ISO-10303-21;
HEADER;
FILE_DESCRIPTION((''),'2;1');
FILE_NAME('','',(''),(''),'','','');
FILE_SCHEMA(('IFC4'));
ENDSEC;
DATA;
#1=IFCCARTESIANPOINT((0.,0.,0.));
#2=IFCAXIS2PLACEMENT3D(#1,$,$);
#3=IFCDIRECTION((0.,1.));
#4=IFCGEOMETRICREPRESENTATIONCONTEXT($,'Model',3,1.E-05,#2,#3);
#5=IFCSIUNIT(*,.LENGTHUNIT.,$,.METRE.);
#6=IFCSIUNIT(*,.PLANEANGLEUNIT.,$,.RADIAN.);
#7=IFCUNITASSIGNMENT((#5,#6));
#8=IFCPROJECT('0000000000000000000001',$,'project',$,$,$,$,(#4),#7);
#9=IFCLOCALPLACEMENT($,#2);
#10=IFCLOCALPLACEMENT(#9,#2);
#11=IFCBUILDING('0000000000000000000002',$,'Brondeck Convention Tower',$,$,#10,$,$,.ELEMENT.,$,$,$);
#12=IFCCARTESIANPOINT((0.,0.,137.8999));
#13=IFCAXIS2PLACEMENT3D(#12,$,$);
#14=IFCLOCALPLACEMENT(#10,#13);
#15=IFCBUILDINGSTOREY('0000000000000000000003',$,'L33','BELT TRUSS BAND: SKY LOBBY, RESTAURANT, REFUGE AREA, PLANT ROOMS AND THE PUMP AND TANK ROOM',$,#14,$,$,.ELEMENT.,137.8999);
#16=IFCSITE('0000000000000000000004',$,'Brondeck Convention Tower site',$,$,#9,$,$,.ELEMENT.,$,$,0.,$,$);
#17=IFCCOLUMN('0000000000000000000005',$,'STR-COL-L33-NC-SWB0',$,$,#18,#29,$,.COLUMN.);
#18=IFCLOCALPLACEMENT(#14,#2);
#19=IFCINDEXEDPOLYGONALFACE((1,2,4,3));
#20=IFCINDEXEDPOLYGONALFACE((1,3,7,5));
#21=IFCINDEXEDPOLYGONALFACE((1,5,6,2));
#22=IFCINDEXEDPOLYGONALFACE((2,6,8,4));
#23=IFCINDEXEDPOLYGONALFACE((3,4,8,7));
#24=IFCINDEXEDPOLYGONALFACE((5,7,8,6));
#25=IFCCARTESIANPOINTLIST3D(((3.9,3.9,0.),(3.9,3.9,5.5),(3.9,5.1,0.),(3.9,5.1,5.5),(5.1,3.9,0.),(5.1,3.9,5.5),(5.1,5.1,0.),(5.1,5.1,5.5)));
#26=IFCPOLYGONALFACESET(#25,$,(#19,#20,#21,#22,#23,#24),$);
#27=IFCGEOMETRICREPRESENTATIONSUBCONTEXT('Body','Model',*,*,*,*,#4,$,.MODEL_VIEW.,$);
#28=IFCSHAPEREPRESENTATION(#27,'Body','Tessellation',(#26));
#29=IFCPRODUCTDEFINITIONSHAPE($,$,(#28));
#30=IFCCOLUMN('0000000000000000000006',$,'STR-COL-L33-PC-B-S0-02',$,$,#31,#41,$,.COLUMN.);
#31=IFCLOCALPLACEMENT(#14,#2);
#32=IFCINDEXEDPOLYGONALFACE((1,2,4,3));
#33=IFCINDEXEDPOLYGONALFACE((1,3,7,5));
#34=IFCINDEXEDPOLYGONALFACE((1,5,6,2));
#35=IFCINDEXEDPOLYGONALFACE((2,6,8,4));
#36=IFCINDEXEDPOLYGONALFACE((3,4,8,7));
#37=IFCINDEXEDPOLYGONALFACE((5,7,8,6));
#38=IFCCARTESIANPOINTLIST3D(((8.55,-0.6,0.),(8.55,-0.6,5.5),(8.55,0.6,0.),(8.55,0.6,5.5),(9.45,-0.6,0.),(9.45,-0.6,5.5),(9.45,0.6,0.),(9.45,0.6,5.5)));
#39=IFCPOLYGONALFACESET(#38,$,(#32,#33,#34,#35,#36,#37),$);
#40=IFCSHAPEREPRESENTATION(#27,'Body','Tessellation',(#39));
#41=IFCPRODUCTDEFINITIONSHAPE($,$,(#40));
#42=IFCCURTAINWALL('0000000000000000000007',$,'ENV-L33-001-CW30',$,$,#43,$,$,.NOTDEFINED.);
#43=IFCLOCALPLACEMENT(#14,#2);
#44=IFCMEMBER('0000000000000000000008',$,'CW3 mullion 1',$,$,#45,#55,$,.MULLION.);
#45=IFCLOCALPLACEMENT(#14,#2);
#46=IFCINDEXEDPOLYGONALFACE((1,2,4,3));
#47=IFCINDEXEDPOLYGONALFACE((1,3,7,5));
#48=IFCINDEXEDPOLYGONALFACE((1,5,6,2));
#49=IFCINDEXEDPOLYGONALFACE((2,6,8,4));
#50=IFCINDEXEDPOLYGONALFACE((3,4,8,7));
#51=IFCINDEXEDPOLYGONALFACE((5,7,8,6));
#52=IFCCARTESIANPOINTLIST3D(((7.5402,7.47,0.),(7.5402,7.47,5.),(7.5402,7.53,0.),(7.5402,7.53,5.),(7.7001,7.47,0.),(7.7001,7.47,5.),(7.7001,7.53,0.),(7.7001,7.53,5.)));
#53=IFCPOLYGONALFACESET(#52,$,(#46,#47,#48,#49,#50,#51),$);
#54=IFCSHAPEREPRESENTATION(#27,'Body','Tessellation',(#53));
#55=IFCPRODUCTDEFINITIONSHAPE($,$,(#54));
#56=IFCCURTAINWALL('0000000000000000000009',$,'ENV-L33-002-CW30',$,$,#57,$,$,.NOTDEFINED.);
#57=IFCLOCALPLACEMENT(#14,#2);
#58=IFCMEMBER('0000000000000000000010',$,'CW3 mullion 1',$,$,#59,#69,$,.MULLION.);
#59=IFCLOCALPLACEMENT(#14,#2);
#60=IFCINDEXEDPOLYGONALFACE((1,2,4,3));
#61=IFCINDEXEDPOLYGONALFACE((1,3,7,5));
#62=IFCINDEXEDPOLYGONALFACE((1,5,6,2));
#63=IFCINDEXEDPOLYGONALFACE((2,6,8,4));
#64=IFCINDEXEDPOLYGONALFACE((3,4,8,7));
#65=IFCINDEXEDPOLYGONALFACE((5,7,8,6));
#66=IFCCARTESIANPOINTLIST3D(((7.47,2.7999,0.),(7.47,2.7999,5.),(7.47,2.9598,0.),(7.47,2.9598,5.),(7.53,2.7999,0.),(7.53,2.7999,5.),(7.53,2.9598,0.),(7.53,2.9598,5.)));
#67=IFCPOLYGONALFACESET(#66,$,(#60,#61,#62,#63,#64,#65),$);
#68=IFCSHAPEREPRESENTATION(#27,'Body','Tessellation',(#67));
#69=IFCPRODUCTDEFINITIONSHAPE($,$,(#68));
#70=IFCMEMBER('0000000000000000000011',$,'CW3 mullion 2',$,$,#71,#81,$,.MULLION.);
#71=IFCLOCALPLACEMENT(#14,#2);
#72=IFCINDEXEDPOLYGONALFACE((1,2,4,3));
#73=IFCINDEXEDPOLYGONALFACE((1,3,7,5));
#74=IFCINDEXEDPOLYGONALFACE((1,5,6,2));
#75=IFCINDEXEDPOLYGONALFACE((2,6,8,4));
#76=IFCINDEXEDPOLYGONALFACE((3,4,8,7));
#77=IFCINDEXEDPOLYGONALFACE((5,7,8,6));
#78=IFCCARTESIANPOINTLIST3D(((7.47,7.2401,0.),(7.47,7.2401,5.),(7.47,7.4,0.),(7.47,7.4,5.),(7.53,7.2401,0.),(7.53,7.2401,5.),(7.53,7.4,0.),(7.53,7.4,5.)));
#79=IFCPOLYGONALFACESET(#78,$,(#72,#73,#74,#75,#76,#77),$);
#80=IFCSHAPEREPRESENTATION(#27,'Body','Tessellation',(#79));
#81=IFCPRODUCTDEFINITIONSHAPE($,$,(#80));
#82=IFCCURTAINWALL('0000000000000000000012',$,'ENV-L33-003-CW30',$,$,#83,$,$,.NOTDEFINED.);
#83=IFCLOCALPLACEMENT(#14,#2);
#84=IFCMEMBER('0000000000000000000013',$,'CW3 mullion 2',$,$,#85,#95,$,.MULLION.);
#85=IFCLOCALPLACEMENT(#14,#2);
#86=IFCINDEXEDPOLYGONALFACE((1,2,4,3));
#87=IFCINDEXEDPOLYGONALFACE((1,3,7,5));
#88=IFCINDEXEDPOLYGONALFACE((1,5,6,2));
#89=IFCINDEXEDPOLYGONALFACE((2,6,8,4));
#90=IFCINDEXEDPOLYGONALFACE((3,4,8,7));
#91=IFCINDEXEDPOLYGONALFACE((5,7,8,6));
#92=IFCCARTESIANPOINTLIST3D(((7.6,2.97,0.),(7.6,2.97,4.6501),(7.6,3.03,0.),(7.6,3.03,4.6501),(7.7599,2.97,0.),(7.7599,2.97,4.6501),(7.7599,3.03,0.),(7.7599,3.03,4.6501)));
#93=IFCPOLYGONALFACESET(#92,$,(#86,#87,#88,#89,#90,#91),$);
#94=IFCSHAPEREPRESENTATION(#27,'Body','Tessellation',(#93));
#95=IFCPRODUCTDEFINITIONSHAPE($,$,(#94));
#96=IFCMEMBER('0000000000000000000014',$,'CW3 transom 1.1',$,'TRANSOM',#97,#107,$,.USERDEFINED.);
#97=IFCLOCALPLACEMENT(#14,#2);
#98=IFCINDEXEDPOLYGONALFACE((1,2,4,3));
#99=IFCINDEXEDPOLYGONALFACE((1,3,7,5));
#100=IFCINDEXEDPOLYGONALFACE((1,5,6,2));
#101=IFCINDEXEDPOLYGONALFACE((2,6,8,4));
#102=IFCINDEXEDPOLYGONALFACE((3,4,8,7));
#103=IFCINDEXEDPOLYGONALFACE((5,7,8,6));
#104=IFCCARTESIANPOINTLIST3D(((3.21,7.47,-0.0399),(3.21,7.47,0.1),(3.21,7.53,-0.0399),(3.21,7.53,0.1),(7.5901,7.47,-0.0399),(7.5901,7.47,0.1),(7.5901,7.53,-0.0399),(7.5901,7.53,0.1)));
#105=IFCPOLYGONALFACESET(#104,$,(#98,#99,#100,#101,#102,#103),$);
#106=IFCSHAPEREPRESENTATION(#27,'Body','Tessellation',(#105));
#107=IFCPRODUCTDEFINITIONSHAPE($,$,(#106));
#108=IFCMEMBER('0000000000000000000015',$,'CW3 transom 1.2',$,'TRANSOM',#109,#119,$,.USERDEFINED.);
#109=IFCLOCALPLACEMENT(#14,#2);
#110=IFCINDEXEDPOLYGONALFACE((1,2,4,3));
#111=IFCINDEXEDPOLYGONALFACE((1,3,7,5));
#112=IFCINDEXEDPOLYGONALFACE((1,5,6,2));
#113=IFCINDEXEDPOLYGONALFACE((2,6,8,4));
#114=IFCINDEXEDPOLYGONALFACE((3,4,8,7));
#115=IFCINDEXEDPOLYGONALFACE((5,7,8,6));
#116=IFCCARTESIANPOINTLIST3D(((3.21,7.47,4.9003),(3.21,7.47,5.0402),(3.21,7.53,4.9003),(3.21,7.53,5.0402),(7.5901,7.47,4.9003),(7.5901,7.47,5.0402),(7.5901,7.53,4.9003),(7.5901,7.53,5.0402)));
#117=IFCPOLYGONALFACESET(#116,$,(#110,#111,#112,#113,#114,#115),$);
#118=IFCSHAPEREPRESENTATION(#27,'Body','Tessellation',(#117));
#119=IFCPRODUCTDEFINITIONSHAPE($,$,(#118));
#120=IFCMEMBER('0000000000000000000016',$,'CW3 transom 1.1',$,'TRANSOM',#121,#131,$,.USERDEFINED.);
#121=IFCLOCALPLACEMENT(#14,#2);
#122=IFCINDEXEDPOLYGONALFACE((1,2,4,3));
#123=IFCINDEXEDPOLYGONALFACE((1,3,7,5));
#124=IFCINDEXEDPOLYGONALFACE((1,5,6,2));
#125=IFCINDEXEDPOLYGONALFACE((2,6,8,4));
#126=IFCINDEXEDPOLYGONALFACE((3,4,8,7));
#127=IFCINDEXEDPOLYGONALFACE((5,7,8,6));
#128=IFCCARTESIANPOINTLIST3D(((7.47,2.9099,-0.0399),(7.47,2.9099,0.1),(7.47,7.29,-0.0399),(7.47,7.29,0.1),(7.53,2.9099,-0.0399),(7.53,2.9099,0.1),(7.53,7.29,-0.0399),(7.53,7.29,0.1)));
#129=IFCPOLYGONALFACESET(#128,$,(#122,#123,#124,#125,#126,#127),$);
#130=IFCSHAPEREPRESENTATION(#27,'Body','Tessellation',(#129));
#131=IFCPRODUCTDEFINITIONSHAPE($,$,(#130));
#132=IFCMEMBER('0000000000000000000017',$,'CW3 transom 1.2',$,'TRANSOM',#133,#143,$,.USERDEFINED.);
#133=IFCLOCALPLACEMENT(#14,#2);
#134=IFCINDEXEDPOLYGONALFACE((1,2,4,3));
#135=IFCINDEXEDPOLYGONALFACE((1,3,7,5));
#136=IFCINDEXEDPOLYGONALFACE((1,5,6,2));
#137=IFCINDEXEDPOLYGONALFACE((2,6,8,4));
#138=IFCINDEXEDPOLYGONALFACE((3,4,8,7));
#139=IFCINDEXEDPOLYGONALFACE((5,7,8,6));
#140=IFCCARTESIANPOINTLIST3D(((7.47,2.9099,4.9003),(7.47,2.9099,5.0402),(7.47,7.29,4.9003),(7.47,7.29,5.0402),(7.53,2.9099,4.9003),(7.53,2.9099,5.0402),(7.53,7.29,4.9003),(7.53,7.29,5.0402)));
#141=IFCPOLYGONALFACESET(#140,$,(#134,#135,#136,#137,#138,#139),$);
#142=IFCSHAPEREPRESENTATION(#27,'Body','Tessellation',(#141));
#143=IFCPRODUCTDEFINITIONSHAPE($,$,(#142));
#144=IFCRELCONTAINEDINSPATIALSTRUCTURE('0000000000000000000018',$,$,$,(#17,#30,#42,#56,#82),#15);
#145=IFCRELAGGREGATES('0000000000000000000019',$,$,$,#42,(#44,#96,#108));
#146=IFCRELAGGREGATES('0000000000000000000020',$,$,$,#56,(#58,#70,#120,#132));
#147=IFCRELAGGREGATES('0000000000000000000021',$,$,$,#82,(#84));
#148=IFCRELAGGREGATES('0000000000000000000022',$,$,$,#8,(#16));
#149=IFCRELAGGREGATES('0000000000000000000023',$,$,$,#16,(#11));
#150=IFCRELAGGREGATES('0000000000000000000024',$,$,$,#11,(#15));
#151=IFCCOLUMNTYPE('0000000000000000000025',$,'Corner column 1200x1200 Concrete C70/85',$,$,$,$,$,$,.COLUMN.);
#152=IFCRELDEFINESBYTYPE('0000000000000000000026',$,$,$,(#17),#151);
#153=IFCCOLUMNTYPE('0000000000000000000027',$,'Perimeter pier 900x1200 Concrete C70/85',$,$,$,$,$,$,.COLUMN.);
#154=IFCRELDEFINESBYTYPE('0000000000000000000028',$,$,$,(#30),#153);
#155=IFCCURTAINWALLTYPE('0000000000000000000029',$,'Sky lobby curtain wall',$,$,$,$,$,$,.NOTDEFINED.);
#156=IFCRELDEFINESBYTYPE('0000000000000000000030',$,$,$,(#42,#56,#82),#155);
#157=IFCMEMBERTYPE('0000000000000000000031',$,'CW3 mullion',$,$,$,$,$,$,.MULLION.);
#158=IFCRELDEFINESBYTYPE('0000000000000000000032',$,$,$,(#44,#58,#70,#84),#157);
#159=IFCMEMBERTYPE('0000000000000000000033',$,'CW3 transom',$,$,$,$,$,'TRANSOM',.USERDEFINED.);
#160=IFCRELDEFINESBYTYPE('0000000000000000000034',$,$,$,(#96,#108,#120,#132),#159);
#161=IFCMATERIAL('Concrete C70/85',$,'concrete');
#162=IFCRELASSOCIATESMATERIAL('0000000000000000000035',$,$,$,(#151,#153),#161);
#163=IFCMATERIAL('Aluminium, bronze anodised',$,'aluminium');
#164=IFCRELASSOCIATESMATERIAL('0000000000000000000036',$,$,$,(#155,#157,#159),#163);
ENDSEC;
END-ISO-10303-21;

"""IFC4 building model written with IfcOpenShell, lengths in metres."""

from ifc_helpers import new_model, si_unit, direction, frame, origin, origin_2d, place, context, subcontext, project, spatial, rectangle, extrude, material, material_profile, profile_set, type_object, element, aggregate, save


model = new_model("IFC4")

# Units and contexts
model_context = context("Model", 3, precision=1e-05, world=origin(), true_north=direction((0.0, 1.0)))
body_context = subcontext(model_context, "Body", "Model", "MODEL_VIEW")
ifc_project = project(units=[si_unit("LENGTHUNIT", "METRE"), si_unit("PLANEANGLEUNIT", "RADIAN")], contexts=[model_context])

# Site, building, storey
site_placement = place(None, origin())
site = spatial("IfcSite", under=ifc_project, at=site_placement, Name="Brondeck Convention Tower site", CompositionType="ELEMENT", RefElevation=0.0)
building_placement = place(site_placement, origin())
building = spatial("IfcBuilding", under=site, at=building_placement, Name="Brondeck Convention Tower", CompositionType="ELEMENT")
storey_placement = place(building_placement, frame((0.0, 0.0, 137.8999)))
storey = spatial("IfcBuildingStorey", under=building, at=storey_placement, Name="L33", Description="BELT TRUSS BAND: SKY LOBBY, RESTAURANT, REFUGE AREA, PLANT ROOMS AND THE PUMP AND TANK ROOM", CompositionType="ELEMENT", Elevation=137.8999)

# Columns
ifc_material_1 = material(Name="Concrete C70/85", Category="concrete")
ifc_material_profile_1 = material_profile(ifc_material_1, rectangle(XDim=1.2, YDim=1.2, at=origin_2d()), Name="Corner column 1200x1200 Concrete C70/85")
ifc_profile_set_1 = profile_set([ifc_material_profile_1], Name="Concrete C70/85")
column_type_1 = type_object("IfcColumnType", Name="Corner column 1200x1200 Concrete C70/85", PredefinedType="COLUMN", material=ifc_profile_set_1)
column_1_placement = place(storey_placement, frame((4.5, 4.5, 0.0), z_axis=(0.0, 0.0, 1.0), x_axis=(1.0, 0.0, 0.0)))
element("IfcColumn", 1, at=column_1_placement, inside=storey, type_object=column_type_1, Name="STR-COL-L33-NC-SWB0", PredefinedType="COLUMN", context=body_context, shape_type="SweptSolid", body=[
    extrude(rectangle(XDim=1.2, YDim=1.2, at=origin_2d()), origin(), (0.0, 0.0, 1.0), 5.5),
])
ifc_material_profile_2 = material_profile(ifc_material_1, rectangle(XDim=0.8999, YDim=1.2, at=origin_2d()), Name="Perimeter pier 900x1200 Concrete C70/85")
ifc_profile_set_2 = profile_set([ifc_material_profile_2], Name="Concrete C70/85")
column_type_2 = type_object("IfcColumnType", Name="Perimeter pier 900x1200 Concrete C70/85", PredefinedType="COLUMN", material=ifc_profile_set_2)
column_2_placement = place(storey_placement, frame((9.0, 0.0, 0.0), z_axis=(0.0, 0.0, 1.0), x_axis=(1.0, 0.0, 0.0)))
element("IfcColumn", 2, at=column_2_placement, inside=storey, type_object=column_type_2, Name="STR-COL-L33-PC-B-S0-02", PredefinedType="COLUMN", context=body_context, shape_type="SweptSolid", body=[
    extrude(rectangle(XDim=0.8999, YDim=1.2, at=origin_2d()), origin(), (0.0, 0.0, 1.0), 5.5),
])

# Curtain wall, member
ifc_material_2 = material(Name="Aluminium, bronze anodised", Category="aluminium")
curtain_wall_type = type_object("IfcCurtainWallType", Name="Sky lobby curtain wall", PredefinedType="NOTDEFINED", material=ifc_material_2)
curtain_wall_1_placement = place(storey_placement, origin())
curtain_wall_1 = element("IfcCurtainWall", 3, at=curtain_wall_1_placement, inside=storey, type_object=curtain_wall_type, Name="ENV-L33-001-CW30", PredefinedType="NOTDEFINED")
ifc_material_profile_3 = material_profile(ifc_material_2, rectangle(XDim=0.0601, YDim=0.1599, at=origin_2d()), Name="CW3 mullion")
ifc_profile_set_3 = profile_set([ifc_material_profile_3], Name="Aluminium, bronze anodised")
member_type_1 = type_object("IfcMemberType", Name="CW3 mullion", PredefinedType="MULLION", material=ifc_profile_set_3)
member_1_placement = place(storey_placement, frame((7.6201, 7.5, 0.0), z_axis=(0.0, 0.0, 1.0), x_axis=(0.0, -1.0, 0.0)))
member_1 = element("IfcMember", 4, at=member_1_placement, type_object=member_type_1, Name="CW3 mullion 1", PredefinedType="MULLION", context=body_context, shape_type="SweptSolid", body=[
    extrude(rectangle(XDim=0.0601, YDim=0.1599, at=origin_2d()), origin(), (0.0, 0.0, 1.0), 5.0),
])

# Curtain wall, members
curtain_wall_2_placement = place(storey_placement, origin())
curtain_wall_2 = element("IfcCurtainWall", 5, at=curtain_wall_2_placement, inside=storey, type_object=curtain_wall_type, Name="ENV-L33-002-CW30", PredefinedType="NOTDEFINED")
member_2_placement = place(storey_placement, frame((7.5, 2.8799, 0.0), z_axis=(0.0, 0.0, 1.0), x_axis=(-1.0, 0.0, 0.0)))
member_2 = element("IfcMember", 6, at=member_2_placement, type_object=member_type_1, Name="CW3 mullion 1", PredefinedType="MULLION", context=body_context, shape_type="SweptSolid", body=[
    extrude(rectangle(XDim=0.0601, YDim=0.1599, at=origin_2d()), origin(), (0.0, 0.0, 1.0), 5.0),
])
member_3_placement = place(storey_placement, frame((7.5, 7.3201, 0.0), z_axis=(0.0, 0.0, 1.0), x_axis=(-1.0, 0.0, 0.0)))
member_3 = element("IfcMember", 7, at=member_3_placement, type_object=member_type_1, Name="CW3 mullion 2", PredefinedType="MULLION", context=body_context, shape_type="SweptSolid", body=[
    extrude(rectangle(XDim=0.0601, YDim=0.1599, at=origin_2d()), origin(), (0.0, 0.0, 1.0), 5.0),
])

# Curtain wall, member
curtain_wall_3_placement = place(storey_placement, origin())
curtain_wall_3 = element("IfcCurtainWall", 8, at=curtain_wall_3_placement, inside=storey, type_object=curtain_wall_type, Name="ENV-L33-003-CW30", PredefinedType="NOTDEFINED")
member_4_placement = place(storey_placement, frame((7.6799, 3.0, 0.0), z_axis=(0.0, 0.0, 1.0), x_axis=(0.0, -1.0, 0.0)))
member_4 = element("IfcMember", 9, at=member_4_placement, type_object=member_type_1, Name="CW3 mullion 2", PredefinedType="MULLION", context=body_context, shape_type="SweptSolid", body=[
    extrude(rectangle(XDim=0.0601, YDim=0.1599, at=origin_2d()), origin(), (0.0, 0.0, 1.0), 4.6501),
])

# Members
ifc_material_profile_4 = material_profile(ifc_material_2, rectangle(XDim=0.0601, YDim=0.1399, at=origin_2d()), Name="CW3 transom")
ifc_profile_set_4 = profile_set([ifc_material_profile_4], Name="Aluminium, bronze anodised")
member_type_2 = type_object("IfcMemberType", Name="CW3 transom", ElementType="TRANSOM", PredefinedType="USERDEFINED", material=ifc_profile_set_4)
member_5_placement = place(storey_placement, frame((7.5901, 7.5, 0.03), z_axis=(-1.0, 0.0, 0.0), x_axis=(0.0, -1.0, 0.0)))
member_5 = element("IfcMember", 10, at=member_5_placement, type_object=member_type_2, Name="CW3 transom 1.1", ObjectType="TRANSOM", PredefinedType="USERDEFINED", context=body_context, shape_type="SweptSolid", body=[
    extrude(rectangle(XDim=0.0601, YDim=0.1399, at=origin_2d()), origin(), (0.0, 0.0, 1.0), 4.3801),
])
member_6_placement = place(storey_placement, frame((7.5901, 7.5, 4.9702), z_axis=(-1.0, 0.0, 0.0), x_axis=(0.0, -1.0, 0.0)))
member_6 = element("IfcMember", 11, at=member_6_placement, type_object=member_type_2, Name="CW3 transom 1.2", ObjectType="TRANSOM", PredefinedType="USERDEFINED", context=body_context, shape_type="SweptSolid", body=[
    extrude(rectangle(XDim=0.0601, YDim=0.1399, at=origin_2d()), origin(), (0.0, 0.0, 1.0), 4.3801),
])
member_7_placement = place(storey_placement, frame((7.5, 2.9099, 0.03), z_axis=(0.0, 1.0, 0.0), x_axis=(-1.0, 0.0, 0.0)))
member_7 = element("IfcMember", 12, at=member_7_placement, type_object=member_type_2, Name="CW3 transom 1.1", ObjectType="TRANSOM", PredefinedType="USERDEFINED", context=body_context, shape_type="SweptSolid", body=[
    extrude(rectangle(XDim=0.0601, YDim=0.1399, at=origin_2d()), origin(), (0.0, 0.0, 1.0), 4.3801),
])
member_8_placement = place(storey_placement, frame((7.5, 2.9099, 4.9702), z_axis=(0.0, 1.0, 0.0), x_axis=(-1.0, 0.0, 0.0)))
member_8 = element("IfcMember", 13, at=member_8_placement, type_object=member_type_2, Name="CW3 transom 1.2", ObjectType="TRANSOM", PredefinedType="USERDEFINED", context=body_context, shape_type="SweptSolid", body=[
    extrude(rectangle(XDim=0.0601, YDim=0.1399, at=origin_2d()), origin(), (0.0, 0.0, 1.0), 4.3801),
])

aggregate(curtain_wall_1, [member_1, member_5, member_6])
aggregate(curtain_wall_2, [member_2, member_3, member_7, member_8])
aggregate(curtain_wall_3, [member_4])

save(model, "model.ifc")
